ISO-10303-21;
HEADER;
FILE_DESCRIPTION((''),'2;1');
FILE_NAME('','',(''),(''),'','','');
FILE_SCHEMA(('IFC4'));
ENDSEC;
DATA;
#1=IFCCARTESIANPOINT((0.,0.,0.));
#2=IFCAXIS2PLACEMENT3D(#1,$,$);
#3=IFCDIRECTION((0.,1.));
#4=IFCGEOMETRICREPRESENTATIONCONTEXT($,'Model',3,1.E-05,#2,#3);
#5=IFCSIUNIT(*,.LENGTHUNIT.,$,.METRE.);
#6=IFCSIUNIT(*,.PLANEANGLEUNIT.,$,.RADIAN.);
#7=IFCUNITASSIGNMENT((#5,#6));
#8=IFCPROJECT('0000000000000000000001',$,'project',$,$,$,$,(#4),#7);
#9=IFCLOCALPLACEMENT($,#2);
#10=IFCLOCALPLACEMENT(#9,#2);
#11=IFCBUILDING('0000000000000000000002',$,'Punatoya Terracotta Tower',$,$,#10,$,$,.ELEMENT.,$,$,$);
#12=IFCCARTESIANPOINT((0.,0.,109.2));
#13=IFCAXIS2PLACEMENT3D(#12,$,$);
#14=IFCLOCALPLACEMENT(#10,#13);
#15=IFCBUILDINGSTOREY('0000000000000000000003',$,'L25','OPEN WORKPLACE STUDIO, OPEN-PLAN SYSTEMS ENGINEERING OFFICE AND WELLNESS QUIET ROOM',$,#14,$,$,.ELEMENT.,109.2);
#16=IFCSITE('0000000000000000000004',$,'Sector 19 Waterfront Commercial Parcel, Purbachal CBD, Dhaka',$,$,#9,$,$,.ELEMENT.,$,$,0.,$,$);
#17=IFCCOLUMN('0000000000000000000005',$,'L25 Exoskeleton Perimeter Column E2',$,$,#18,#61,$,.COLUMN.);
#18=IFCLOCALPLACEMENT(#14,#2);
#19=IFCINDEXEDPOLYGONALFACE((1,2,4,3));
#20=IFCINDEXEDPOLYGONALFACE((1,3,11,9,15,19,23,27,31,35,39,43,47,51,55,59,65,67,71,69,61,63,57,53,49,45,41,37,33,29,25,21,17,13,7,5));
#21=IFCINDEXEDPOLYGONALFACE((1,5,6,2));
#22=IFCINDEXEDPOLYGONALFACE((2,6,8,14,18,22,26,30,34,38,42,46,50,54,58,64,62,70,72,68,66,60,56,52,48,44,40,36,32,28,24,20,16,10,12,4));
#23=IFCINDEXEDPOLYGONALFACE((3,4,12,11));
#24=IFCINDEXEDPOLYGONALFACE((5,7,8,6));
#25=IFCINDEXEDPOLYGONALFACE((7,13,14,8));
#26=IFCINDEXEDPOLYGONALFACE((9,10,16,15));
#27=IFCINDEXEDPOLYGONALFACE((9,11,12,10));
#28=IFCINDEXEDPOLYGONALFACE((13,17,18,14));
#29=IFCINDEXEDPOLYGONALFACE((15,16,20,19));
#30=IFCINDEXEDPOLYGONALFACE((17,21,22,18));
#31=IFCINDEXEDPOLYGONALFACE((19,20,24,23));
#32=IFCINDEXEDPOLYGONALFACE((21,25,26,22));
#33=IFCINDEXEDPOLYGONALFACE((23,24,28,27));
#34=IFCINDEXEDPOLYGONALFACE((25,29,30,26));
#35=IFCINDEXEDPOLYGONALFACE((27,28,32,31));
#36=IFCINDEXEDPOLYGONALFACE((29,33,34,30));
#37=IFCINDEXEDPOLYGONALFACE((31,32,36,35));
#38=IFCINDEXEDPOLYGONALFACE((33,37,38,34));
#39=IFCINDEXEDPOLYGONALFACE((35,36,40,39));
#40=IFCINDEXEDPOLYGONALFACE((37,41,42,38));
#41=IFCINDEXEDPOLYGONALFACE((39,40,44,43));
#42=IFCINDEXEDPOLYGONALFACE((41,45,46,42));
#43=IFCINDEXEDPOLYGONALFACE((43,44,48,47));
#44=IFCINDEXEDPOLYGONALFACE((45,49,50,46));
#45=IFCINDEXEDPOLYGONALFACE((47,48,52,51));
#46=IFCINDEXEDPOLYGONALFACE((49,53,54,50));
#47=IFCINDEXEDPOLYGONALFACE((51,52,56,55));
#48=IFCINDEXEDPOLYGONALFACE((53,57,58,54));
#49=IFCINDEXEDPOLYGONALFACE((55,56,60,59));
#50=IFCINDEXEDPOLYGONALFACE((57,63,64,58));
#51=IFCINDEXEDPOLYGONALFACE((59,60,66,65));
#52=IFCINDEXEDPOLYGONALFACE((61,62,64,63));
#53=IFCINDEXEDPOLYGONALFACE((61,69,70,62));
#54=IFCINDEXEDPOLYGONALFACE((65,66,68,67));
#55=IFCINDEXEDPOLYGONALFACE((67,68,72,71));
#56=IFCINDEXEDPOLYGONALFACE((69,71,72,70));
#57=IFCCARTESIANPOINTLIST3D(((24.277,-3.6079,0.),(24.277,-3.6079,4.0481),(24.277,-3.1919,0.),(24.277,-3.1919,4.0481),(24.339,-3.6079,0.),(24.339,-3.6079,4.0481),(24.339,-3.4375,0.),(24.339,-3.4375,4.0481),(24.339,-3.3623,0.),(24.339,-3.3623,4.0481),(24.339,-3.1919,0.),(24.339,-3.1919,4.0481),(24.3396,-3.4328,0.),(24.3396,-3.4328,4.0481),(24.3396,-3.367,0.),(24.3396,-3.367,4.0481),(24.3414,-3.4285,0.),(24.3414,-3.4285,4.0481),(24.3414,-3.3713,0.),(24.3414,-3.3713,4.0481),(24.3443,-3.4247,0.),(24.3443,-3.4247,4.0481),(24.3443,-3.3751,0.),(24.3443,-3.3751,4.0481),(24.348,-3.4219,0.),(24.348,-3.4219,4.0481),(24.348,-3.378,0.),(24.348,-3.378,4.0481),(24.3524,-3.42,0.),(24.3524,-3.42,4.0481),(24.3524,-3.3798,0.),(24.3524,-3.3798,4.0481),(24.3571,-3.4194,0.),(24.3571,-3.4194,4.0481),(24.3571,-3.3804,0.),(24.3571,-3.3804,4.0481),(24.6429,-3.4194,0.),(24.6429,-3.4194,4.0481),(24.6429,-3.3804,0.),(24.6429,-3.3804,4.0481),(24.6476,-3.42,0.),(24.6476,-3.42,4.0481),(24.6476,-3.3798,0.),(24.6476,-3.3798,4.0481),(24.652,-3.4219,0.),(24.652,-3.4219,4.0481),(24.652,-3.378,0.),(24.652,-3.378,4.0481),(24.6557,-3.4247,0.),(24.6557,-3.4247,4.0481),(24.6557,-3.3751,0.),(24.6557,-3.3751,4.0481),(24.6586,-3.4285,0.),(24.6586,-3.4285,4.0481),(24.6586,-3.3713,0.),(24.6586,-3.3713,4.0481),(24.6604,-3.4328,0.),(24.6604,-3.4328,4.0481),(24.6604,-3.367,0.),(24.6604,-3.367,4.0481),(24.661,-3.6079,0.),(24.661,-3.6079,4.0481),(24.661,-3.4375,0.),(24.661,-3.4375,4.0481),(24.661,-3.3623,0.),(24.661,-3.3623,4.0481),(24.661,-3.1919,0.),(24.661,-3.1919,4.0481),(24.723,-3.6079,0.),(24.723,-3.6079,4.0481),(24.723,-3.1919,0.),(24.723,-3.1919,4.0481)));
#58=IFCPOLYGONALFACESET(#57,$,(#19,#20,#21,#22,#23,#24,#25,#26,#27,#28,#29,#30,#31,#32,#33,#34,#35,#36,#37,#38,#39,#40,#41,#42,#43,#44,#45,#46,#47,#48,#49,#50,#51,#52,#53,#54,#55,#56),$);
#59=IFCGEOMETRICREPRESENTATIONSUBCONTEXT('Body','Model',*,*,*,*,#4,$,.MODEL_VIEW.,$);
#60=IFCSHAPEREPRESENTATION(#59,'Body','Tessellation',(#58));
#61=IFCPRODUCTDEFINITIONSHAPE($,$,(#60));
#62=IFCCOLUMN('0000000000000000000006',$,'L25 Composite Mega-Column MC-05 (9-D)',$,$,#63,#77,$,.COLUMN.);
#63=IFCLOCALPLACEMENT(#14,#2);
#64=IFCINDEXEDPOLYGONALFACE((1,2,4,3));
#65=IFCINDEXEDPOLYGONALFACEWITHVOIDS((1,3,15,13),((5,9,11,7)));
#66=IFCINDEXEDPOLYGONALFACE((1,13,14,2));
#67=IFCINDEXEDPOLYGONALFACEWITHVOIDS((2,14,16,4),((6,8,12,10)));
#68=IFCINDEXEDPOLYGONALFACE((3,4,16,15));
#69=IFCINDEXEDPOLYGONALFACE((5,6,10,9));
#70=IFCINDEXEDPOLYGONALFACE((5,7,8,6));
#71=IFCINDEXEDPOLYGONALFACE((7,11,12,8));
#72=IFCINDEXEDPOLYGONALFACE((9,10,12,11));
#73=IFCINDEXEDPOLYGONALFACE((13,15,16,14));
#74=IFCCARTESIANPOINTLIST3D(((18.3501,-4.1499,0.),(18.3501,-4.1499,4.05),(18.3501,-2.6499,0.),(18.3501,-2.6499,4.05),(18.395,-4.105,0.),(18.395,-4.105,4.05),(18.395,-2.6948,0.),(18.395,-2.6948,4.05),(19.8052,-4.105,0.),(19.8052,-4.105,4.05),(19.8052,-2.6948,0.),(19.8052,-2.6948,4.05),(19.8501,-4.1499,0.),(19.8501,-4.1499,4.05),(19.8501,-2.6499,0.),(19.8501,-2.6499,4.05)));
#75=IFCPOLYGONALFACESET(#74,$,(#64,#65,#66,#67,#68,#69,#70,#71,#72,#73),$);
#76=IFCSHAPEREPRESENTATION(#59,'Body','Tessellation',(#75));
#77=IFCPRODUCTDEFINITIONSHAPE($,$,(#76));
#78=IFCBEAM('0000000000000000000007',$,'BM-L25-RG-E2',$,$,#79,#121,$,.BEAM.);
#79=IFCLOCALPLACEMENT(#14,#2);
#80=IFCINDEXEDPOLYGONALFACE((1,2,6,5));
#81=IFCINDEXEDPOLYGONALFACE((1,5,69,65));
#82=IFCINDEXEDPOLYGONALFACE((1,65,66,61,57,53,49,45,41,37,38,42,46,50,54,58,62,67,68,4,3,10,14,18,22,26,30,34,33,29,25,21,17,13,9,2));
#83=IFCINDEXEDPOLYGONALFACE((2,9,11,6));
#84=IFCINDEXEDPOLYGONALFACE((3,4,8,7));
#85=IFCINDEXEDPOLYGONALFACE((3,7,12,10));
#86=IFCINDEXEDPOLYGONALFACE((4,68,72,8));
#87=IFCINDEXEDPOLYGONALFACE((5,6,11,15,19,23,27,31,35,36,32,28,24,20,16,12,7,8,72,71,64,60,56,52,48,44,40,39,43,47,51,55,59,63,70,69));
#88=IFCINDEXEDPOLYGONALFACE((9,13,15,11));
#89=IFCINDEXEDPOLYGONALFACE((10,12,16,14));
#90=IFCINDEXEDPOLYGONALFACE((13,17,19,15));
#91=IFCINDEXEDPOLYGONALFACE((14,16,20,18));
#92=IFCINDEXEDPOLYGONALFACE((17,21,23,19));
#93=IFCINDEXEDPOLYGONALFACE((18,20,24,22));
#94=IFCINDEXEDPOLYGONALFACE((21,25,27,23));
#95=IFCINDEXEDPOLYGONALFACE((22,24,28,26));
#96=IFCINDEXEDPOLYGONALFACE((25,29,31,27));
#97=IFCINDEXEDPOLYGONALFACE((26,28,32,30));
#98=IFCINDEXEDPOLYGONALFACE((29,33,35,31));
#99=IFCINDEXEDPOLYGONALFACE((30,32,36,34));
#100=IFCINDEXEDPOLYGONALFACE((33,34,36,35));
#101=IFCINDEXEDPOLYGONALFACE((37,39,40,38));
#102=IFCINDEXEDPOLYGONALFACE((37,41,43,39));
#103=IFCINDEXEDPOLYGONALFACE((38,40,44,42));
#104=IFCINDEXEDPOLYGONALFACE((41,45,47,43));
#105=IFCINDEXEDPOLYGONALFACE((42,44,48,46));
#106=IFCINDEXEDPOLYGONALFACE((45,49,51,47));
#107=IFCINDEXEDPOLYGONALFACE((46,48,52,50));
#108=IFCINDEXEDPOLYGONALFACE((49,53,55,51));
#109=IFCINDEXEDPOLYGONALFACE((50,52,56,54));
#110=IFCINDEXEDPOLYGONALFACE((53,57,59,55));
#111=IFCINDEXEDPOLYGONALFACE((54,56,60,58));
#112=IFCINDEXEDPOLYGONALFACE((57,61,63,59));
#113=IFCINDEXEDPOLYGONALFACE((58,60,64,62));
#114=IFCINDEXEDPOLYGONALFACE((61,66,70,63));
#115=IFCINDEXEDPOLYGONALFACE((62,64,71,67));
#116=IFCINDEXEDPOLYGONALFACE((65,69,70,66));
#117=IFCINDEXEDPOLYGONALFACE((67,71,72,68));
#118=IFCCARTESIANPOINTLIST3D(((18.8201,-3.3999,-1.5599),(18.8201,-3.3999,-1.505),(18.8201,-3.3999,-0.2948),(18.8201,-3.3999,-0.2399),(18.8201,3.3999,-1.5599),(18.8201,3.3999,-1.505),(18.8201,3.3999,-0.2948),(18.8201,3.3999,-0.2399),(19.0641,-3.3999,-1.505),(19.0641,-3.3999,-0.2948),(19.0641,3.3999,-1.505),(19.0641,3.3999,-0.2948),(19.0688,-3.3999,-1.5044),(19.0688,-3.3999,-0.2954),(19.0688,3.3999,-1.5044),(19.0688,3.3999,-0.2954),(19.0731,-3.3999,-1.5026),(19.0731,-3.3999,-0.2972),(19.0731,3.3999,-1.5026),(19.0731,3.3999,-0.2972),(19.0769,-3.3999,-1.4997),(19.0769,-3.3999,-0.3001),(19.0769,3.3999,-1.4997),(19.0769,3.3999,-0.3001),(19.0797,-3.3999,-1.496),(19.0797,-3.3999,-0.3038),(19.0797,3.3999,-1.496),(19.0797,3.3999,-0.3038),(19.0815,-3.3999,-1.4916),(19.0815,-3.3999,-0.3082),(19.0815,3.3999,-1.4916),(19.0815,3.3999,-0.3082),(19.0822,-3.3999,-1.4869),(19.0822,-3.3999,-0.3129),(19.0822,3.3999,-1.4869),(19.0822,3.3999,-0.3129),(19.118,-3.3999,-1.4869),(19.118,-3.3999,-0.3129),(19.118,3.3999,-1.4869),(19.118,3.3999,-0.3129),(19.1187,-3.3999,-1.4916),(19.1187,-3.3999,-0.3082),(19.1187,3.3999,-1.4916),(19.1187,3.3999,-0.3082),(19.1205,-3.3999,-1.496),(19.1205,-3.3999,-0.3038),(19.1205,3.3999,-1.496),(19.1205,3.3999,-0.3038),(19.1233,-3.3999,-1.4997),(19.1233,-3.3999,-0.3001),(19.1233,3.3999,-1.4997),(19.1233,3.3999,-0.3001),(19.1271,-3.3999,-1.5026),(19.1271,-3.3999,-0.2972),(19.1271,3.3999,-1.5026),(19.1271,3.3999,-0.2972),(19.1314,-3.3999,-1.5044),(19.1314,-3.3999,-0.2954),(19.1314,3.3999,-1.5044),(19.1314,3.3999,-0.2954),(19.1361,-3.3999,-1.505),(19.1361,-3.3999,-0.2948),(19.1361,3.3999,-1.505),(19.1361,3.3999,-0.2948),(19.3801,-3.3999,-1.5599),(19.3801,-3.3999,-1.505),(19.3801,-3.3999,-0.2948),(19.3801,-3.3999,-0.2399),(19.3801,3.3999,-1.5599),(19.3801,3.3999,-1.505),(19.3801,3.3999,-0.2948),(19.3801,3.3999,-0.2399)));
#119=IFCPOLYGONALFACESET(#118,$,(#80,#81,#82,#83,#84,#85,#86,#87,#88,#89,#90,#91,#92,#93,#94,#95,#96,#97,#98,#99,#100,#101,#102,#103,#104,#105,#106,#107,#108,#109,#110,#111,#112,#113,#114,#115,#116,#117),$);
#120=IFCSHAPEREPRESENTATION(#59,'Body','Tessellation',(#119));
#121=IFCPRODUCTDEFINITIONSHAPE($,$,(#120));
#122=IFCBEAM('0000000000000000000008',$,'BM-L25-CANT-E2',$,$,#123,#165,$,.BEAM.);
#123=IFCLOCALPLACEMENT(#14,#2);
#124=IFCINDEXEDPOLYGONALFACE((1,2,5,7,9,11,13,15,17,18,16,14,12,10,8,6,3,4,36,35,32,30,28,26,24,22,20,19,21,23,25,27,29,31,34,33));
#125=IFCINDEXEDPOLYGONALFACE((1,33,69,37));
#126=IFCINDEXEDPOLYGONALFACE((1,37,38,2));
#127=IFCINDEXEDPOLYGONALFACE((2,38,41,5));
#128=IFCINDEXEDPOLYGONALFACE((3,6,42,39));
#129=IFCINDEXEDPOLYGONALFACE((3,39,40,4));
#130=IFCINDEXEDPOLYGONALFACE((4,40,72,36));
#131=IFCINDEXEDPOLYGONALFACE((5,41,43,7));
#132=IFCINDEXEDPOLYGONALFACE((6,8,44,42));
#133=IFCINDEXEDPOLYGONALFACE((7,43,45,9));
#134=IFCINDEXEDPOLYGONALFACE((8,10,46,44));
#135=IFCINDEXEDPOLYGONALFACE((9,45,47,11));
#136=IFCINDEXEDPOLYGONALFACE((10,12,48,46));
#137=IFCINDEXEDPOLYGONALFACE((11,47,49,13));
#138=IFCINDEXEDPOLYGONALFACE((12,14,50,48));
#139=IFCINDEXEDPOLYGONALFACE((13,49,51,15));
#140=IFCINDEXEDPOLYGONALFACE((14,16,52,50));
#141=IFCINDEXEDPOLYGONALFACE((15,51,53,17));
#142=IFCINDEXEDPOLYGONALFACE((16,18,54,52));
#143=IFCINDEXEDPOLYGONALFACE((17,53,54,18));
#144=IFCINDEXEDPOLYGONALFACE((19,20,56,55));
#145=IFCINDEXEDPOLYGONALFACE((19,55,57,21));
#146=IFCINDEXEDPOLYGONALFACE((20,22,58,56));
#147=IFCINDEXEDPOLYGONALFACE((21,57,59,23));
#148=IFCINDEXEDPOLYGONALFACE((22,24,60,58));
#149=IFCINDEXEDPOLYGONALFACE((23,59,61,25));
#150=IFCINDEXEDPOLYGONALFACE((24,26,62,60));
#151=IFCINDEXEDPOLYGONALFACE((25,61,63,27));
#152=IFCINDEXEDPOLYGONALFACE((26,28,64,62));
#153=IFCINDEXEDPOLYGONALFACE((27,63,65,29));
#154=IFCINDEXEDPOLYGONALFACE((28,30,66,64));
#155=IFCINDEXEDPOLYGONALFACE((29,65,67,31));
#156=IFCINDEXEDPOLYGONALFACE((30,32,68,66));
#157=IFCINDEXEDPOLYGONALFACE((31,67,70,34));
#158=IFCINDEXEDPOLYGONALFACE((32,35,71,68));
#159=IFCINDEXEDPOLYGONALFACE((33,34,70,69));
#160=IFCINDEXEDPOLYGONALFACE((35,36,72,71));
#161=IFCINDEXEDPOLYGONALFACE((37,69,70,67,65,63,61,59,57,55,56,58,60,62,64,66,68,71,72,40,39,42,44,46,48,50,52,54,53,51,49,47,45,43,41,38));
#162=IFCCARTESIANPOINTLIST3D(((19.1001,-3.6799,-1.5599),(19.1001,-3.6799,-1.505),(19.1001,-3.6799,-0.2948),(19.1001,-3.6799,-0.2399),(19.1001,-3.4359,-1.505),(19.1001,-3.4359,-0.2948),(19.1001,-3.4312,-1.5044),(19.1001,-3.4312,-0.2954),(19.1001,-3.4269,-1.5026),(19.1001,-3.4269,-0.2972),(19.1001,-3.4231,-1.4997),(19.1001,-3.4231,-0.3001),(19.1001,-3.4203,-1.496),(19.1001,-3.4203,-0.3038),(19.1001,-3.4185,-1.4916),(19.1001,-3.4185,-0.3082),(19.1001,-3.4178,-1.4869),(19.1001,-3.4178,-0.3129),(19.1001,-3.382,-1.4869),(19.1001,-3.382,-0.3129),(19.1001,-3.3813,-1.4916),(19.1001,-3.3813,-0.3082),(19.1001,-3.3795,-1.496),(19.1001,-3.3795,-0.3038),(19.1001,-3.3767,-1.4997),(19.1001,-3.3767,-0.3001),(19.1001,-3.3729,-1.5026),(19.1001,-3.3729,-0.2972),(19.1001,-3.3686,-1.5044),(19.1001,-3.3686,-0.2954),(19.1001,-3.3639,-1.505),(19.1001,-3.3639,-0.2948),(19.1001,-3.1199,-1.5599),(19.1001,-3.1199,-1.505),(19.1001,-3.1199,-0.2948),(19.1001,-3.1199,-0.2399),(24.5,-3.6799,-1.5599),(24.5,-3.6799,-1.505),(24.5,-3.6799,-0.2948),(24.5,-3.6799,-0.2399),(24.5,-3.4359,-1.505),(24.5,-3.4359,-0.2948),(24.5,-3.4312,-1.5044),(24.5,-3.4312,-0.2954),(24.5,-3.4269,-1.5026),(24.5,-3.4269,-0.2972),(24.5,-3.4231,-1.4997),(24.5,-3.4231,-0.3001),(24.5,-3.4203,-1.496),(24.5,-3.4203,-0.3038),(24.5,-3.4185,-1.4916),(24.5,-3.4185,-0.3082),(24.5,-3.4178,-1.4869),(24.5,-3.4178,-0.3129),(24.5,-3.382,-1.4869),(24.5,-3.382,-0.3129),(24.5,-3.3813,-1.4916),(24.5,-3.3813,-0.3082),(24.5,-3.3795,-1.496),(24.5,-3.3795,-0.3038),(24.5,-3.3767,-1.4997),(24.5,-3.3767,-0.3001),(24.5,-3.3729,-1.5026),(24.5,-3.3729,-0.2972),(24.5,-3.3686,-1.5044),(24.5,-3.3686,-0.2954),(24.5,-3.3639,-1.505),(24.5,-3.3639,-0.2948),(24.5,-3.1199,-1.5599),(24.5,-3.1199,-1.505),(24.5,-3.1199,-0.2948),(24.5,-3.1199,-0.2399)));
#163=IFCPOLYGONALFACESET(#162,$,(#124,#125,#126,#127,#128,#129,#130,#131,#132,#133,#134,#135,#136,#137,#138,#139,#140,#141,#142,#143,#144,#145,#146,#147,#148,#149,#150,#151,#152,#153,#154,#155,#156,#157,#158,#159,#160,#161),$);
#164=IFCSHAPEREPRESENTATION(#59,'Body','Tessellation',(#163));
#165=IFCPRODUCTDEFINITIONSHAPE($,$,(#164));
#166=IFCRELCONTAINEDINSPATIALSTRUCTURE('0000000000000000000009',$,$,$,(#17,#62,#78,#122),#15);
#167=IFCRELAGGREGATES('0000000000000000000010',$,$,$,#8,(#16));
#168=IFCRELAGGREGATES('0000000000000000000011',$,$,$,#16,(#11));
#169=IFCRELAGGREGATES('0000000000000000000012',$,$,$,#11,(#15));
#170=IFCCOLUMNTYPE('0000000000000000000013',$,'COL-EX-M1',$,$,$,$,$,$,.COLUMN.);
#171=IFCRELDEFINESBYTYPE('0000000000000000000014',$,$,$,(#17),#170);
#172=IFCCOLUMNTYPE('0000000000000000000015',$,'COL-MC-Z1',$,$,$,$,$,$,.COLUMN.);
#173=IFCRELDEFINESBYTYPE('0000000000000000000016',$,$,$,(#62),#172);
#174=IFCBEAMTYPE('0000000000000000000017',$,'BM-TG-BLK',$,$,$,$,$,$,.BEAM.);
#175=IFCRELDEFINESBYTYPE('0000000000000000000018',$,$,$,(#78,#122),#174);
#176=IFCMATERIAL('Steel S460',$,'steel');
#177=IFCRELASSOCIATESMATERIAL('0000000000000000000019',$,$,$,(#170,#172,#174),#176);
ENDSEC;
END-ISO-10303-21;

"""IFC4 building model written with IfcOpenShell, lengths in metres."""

from ifc_helpers import new_model, si_unit, direction, frame, origin, origin_2d, place, context, subcontext, project, spatial, hollow_rectangle, i_section, extrude, material, material_profile, profile_set, type_object, element, save


model = new_model("IFC4")

# Units and contexts
model_context = context("Model", 3, precision=1e-05, world=origin(), true_north=direction((0.0, 1.0)))
body_context = subcontext(model_context, "Body", "Model", "MODEL_VIEW")
ifc_project = project(units=[si_unit("LENGTHUNIT", "METRE"), si_unit("PLANEANGLEUNIT", "RADIAN")], contexts=[model_context])

# Site, building, storey
site_placement = place(None, origin())
site = spatial("IfcSite", under=ifc_project, at=site_placement, Name="Sector 19 Waterfront Commercial Parcel, Purbachal CBD, Dhaka", CompositionType="ELEMENT", RefElevation=0.0)
building_placement = place(site_placement, origin())
building = spatial("IfcBuilding", under=site, at=building_placement, Name="Punatoya Terracotta Tower", CompositionType="ELEMENT")
storey_placement = place(building_placement, frame((0.0, 0.0, 109.2)))
storey = spatial("IfcBuildingStorey", under=building, at=storey_placement, Name="L25", Description="OPEN WORKPLACE STUDIO, OPEN-PLAN SYSTEMS ENGINEERING OFFICE AND WELLNESS QUIET ROOM", CompositionType="ELEMENT", Elevation=109.2)

# Columns
ifc_material_1 = material(Name="Steel S460", Category="steel")
ifc_material_profile_1 = material_profile(ifc_material_1, i_section(OverallWidth=0.416, OverallDepth=0.446, WebThickness=0.0391, FlangeThickness=0.062, FilletRadius=0.0181, at=origin_2d()))
ifc_profile_set_1 = profile_set([ifc_material_profile_1], Name="Steel S460")
column_type_1 = type_object("IfcColumnType", Name="COL-EX-M1", PredefinedType="COLUMN", material=ifc_profile_set_1)
column_1_placement = place(storey_placement, frame((24.5, -3.3999, 0.0), z_axis=(0.0, 0.0, 1.0), x_axis=(0.0, 1.0, 0.0)))
element("IfcColumn", 1, at=column_1_placement, inside=storey, type_object=column_type_1, Name="L25 Exoskeleton Perimeter Column E2", PredefinedType="COLUMN", context=body_context, shape_type="SweptSolid", body=[
    extrude(i_section(OverallWidth=0.416, OverallDepth=0.446, WebThickness=0.0391, FlangeThickness=0.062, FilletRadius=0.0181, at=origin_2d()), origin(), (0.0, 0.0, 1.0), 4.0481),
])
ifc_material_profile_2 = material_profile(ifc_material_1, hollow_rectangle(XDim=1.5, YDim=1.5, WallThickness=0.0449, at=origin_2d()))
ifc_profile_set_2 = profile_set([ifc_material_profile_2], Name="Steel S460")
column_type_2 = type_object("IfcColumnType", Name="COL-MC-Z1", PredefinedType="COLUMN", material=ifc_profile_set_2)
column_2_placement = place(storey_placement, frame((19.1001, -3.3999, 0.0), z_axis=(0.0, 0.0, 1.0), x_axis=(1.0, 0.0, 0.0)))
element("IfcColumn", 2, at=column_2_placement, inside=storey, type_object=column_type_2, Name="L25 Composite Mega-Column MC-05 (9-D)", PredefinedType="COLUMN", context=body_context, shape_type="SweptSolid", body=[
    extrude(hollow_rectangle(XDim=1.5, YDim=1.5, WallThickness=0.0449, at=origin_2d()), origin(), (0.0, 0.0, 1.0), 4.05),
])

# Beams
ifc_material_profile_3 = material_profile(ifc_material_1, i_section(OverallWidth=0.5601, OverallDepth=1.3201, WebThickness=0.0359, FlangeThickness=0.0549, FilletRadius=0.0181, at=origin_2d()))
ifc_profile_set_3 = profile_set([ifc_material_profile_3], Name="Steel S460")
beam_type = type_object("IfcBeamType", Name="BM-TG-BLK", PredefinedType="BEAM", material=ifc_profile_set_3)
beam_1_placement = place(storey_placement, frame((19.1001, -3.3999, -0.8999), z_axis=(0.0, 1.0, 0.0), x_axis=(-1.0, 0.0, 0.0)))
element("IfcBeam", 3, at=beam_1_placement, inside=storey, type_object=beam_type, Name="BM-L25-RG-E2", PredefinedType="BEAM", context=body_context, shape_type="SweptSolid", body=[
    extrude(i_section(OverallWidth=0.5601, OverallDepth=1.3201, WebThickness=0.0359, FlangeThickness=0.0549, FilletRadius=0.0181, at=origin_2d()), origin(), (0.0, 0.0, 1.0), 6.7998),
])
beam_2_placement = place(storey_placement, frame((19.1001, -3.3999, -0.8999), z_axis=(1.0, 0.0, 0.0), x_axis=(0.0, 1.0, 0.0)))
element("IfcBeam", 4, at=beam_2_placement, inside=storey, type_object=beam_type, Name="BM-L25-CANT-E2", PredefinedType="BEAM", context=body_context, shape_type="SweptSolid", body=[
    extrude(i_section(OverallWidth=0.5601, OverallDepth=1.3201, WebThickness=0.0359, FlangeThickness=0.0549, FilletRadius=0.0181, at=origin_2d()), origin(), (0.0, 0.0, 1.0), 5.3999),
])

save(model, "model.ifc")
